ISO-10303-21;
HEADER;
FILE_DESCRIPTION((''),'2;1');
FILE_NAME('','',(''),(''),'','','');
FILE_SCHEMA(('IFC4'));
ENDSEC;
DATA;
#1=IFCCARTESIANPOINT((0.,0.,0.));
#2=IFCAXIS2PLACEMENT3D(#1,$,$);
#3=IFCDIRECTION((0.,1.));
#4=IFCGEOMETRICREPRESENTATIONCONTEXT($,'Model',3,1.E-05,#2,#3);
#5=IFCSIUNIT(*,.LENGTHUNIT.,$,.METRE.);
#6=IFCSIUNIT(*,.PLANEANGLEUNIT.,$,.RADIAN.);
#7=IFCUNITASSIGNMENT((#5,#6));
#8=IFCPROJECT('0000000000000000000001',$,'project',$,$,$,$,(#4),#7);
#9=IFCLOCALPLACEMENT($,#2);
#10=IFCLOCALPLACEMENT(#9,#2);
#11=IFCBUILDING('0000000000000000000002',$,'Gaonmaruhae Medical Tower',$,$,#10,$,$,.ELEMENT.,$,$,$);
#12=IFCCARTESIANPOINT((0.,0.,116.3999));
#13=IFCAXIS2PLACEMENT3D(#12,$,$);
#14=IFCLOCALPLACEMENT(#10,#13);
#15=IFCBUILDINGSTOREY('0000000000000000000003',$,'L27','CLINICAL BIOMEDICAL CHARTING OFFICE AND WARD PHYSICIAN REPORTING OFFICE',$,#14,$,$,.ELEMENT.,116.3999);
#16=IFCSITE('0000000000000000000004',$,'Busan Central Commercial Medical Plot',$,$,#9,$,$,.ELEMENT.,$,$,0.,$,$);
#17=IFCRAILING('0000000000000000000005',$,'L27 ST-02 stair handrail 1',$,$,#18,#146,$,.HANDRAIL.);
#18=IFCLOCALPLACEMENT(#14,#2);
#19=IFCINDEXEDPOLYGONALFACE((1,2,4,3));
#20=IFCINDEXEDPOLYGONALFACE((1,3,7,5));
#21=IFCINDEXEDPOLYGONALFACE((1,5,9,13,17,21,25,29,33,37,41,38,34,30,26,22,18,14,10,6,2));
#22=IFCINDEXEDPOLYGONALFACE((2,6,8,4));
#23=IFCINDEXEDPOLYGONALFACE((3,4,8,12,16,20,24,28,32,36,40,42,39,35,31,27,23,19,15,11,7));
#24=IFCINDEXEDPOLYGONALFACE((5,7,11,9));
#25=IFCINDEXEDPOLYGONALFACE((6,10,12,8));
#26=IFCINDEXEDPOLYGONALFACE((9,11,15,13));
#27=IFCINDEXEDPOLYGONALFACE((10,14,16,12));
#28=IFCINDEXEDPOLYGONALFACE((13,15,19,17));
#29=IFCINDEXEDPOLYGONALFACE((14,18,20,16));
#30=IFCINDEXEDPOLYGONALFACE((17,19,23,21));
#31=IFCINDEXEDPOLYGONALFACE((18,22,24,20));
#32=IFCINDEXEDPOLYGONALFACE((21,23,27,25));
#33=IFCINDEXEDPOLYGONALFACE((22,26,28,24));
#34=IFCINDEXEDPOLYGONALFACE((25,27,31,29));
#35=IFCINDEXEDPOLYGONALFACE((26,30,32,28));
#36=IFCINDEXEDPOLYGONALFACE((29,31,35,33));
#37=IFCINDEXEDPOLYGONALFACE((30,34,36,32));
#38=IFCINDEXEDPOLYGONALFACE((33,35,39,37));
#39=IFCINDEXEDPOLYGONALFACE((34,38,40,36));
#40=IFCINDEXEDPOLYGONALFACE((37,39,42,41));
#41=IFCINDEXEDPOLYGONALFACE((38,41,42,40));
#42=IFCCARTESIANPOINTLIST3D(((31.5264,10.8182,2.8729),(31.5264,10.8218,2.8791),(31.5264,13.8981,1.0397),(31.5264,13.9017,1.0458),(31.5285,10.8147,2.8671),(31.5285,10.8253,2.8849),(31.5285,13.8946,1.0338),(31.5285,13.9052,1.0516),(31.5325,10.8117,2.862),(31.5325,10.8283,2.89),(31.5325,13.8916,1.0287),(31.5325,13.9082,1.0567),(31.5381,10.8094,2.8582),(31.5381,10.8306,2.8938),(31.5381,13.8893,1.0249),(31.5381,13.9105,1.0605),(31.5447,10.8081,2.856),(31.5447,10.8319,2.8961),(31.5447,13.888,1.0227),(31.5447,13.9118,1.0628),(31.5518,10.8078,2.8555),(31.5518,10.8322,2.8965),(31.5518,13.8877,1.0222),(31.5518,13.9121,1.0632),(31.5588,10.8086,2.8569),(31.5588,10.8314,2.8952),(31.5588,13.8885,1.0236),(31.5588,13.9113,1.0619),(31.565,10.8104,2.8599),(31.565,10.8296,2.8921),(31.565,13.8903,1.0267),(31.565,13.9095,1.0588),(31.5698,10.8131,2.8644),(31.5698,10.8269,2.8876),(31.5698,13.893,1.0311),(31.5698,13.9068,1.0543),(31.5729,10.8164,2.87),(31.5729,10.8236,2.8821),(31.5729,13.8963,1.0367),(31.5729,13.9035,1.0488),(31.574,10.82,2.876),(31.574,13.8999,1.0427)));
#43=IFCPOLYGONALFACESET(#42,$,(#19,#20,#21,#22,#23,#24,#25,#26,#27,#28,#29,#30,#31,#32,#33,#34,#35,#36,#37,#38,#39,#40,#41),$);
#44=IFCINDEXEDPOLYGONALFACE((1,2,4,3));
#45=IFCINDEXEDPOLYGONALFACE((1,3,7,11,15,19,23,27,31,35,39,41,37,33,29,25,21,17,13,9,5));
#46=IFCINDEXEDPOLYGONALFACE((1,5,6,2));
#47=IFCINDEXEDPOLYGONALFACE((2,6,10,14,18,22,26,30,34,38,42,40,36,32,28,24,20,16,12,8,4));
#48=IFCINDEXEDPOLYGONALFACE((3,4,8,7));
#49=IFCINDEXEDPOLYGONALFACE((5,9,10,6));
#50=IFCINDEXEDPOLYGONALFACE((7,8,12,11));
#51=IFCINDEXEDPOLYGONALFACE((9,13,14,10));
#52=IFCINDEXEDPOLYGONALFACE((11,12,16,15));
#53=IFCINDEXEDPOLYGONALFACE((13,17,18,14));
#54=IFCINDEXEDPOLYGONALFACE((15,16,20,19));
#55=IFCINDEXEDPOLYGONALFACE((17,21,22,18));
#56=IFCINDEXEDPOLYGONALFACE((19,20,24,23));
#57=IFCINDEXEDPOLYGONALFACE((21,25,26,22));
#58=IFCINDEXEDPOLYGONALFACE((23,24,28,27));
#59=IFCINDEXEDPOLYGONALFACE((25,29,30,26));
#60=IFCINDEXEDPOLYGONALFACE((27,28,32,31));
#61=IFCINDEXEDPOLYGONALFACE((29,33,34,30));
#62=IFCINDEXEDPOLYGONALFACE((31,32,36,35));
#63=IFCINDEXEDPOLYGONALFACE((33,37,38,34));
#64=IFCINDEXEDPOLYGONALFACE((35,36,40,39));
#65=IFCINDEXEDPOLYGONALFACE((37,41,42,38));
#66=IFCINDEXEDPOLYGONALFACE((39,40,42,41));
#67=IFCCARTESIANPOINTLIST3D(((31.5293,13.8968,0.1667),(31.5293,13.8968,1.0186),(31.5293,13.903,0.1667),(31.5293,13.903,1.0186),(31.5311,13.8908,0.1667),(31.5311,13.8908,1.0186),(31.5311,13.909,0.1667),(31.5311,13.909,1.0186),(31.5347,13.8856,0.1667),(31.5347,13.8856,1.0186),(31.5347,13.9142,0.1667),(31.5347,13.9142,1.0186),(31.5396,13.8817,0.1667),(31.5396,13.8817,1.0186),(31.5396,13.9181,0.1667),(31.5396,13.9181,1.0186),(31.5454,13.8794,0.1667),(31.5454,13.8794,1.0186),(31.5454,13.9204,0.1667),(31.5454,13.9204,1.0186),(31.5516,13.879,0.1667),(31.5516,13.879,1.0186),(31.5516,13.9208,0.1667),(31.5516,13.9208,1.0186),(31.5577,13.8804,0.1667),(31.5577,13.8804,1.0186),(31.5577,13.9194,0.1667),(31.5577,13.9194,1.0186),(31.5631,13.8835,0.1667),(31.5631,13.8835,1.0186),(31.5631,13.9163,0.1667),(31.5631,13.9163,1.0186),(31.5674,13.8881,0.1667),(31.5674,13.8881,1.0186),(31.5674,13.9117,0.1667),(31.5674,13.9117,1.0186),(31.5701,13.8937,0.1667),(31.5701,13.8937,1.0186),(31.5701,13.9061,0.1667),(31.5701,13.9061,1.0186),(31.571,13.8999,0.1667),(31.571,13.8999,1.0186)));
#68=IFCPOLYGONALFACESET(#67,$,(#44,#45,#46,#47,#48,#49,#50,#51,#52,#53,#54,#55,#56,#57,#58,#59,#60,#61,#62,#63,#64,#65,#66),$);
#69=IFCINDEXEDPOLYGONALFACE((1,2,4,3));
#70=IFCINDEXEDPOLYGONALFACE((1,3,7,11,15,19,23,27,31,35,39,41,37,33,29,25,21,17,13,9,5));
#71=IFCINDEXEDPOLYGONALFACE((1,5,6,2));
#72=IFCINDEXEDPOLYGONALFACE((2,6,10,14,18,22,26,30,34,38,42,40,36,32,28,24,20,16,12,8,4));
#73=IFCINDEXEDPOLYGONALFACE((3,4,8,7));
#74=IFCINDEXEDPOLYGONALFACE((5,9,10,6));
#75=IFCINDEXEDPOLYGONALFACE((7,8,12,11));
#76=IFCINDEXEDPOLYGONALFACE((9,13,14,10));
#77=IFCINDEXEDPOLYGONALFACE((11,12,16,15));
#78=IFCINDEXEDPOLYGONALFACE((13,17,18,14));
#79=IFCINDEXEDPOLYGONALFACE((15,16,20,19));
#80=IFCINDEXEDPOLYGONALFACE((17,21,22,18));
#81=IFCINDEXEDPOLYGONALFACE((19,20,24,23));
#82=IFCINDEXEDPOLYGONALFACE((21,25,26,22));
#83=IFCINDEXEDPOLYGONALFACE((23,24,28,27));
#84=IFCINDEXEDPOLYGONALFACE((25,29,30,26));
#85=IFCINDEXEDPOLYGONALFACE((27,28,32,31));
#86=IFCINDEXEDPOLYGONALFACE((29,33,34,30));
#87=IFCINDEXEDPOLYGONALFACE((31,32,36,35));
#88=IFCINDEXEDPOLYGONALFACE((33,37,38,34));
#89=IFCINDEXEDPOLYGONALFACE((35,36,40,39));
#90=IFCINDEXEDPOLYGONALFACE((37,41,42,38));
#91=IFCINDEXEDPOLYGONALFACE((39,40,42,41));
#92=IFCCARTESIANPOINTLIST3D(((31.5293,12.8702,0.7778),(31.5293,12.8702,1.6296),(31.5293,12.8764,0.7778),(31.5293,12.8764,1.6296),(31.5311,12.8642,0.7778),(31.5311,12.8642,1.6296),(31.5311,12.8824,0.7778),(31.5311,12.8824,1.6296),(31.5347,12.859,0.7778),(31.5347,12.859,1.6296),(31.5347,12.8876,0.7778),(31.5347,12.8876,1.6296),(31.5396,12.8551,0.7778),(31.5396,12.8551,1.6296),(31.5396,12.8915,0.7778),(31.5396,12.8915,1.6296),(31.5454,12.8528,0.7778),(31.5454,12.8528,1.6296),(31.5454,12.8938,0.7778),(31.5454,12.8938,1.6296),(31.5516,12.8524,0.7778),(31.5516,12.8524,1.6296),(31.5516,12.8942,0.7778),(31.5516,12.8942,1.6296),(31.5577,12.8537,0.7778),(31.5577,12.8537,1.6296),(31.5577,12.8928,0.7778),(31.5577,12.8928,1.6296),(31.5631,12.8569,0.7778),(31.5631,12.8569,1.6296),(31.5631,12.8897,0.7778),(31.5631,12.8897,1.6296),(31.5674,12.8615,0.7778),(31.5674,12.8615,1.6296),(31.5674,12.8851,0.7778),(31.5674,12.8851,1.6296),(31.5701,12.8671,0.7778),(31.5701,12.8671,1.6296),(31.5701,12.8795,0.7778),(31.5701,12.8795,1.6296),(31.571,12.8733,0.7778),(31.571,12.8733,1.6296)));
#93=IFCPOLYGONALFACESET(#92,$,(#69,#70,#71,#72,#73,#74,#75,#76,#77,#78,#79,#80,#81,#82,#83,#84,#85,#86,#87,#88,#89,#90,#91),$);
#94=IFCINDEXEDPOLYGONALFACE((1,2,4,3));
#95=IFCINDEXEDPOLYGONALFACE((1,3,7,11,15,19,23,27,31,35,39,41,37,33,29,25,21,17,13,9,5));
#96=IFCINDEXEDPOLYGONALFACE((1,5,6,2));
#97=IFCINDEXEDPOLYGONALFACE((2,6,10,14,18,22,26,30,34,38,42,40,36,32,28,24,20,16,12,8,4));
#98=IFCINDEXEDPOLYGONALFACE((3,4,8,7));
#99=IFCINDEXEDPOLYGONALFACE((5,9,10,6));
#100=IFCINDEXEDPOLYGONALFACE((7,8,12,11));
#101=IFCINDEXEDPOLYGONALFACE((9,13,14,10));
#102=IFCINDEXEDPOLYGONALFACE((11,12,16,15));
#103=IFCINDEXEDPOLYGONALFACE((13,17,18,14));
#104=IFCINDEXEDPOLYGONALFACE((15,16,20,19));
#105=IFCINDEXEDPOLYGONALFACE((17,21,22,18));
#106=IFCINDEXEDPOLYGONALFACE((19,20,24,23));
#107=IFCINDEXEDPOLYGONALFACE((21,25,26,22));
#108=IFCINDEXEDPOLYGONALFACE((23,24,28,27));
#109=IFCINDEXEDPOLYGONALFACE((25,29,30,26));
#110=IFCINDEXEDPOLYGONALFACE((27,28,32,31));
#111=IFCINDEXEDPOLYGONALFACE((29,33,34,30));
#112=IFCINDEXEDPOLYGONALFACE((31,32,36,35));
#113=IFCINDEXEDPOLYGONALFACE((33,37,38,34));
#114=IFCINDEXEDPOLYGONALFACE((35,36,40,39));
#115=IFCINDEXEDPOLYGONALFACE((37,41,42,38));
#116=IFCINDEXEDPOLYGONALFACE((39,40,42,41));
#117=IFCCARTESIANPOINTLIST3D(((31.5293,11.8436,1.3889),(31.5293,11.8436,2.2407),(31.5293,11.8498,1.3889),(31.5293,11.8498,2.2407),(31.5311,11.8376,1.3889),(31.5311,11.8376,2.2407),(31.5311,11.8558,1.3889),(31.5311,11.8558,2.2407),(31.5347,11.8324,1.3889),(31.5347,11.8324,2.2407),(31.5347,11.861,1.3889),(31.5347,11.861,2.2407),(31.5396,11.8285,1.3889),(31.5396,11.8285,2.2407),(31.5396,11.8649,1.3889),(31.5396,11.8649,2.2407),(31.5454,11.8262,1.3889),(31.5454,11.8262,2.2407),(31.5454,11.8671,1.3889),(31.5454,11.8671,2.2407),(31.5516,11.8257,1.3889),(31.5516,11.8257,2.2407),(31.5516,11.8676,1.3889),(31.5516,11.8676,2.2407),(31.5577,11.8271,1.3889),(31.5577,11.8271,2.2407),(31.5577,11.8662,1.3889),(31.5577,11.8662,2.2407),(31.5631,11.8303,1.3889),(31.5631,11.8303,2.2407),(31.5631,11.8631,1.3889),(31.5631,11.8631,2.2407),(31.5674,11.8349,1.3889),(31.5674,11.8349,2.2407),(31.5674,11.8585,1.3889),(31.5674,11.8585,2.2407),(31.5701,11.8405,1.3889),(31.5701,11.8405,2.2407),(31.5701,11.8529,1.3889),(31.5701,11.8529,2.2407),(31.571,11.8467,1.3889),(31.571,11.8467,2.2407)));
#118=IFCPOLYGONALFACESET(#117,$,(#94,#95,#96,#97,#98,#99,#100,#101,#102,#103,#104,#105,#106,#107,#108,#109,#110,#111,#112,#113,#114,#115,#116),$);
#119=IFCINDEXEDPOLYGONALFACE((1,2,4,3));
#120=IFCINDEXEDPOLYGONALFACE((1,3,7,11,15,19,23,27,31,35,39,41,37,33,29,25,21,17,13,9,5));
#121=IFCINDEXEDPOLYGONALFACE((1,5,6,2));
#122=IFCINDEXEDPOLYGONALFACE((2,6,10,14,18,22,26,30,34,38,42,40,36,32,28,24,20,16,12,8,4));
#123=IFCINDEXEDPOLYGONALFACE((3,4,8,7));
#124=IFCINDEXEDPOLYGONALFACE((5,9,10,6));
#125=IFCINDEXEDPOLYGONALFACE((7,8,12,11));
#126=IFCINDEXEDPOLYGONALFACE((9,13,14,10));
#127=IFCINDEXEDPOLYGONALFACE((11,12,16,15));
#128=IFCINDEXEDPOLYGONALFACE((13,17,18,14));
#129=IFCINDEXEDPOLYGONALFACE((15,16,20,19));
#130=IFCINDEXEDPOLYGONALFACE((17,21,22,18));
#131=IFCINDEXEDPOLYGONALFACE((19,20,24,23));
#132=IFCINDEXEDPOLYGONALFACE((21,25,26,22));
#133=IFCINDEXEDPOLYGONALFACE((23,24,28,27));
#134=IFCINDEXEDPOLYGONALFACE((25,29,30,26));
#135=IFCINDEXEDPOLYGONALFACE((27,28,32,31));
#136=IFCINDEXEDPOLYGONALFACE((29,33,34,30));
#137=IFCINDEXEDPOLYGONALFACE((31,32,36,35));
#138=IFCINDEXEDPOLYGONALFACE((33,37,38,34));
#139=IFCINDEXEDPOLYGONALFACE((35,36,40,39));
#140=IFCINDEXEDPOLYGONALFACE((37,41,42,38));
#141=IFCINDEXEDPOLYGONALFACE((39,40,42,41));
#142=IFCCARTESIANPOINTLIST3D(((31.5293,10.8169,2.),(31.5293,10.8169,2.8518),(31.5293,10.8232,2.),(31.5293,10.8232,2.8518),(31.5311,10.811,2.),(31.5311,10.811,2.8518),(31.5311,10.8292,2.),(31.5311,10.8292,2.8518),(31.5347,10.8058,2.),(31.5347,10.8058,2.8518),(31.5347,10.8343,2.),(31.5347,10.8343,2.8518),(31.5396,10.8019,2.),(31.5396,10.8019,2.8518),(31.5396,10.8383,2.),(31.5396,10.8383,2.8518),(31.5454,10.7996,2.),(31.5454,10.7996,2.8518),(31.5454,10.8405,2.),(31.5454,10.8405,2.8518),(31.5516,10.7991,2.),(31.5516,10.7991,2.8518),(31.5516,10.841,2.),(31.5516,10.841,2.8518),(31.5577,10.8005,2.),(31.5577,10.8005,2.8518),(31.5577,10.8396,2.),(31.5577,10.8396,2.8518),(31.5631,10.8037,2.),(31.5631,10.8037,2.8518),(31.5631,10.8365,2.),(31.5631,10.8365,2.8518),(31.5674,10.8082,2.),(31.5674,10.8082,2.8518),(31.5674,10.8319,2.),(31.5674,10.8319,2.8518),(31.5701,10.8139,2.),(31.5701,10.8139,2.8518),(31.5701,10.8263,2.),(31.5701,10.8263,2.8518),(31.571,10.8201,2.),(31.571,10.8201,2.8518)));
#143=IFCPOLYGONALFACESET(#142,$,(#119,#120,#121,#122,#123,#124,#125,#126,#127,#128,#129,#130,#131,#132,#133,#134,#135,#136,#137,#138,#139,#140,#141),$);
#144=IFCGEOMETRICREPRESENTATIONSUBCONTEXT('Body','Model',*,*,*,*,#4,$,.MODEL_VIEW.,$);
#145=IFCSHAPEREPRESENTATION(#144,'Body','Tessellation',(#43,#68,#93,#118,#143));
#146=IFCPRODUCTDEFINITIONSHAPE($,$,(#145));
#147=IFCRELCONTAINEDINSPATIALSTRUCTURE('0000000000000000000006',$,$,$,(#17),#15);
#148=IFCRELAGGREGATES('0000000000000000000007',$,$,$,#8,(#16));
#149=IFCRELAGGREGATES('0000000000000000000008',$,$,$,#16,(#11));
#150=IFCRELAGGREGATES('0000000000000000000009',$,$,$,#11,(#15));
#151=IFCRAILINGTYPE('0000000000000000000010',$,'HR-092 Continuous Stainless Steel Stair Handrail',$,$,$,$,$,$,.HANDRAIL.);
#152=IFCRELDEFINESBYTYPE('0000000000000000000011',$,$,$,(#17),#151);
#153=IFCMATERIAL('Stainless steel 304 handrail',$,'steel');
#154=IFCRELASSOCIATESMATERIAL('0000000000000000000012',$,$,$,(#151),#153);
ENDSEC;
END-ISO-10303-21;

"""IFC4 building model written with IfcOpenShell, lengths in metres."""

from ifc_helpers import new_model, si_unit, direction, frame, origin, origin_2d, place, context, subcontext, project, spatial, circle, extrude, material, type_object, element, save


model = new_model("IFC4")

# Units and contexts
model_context = context("Model", 3, precision=1e-05, world=origin(), true_north=direction((0.0, 1.0)))
body_context = subcontext(model_context, "Body", "Model", "MODEL_VIEW")
ifc_project = project(units=[si_unit("LENGTHUNIT", "METRE"), si_unit("PLANEANGLEUNIT", "RADIAN")], contexts=[model_context])

# Site, building, storey
site_placement = place(None, origin())
site = spatial("IfcSite", under=ifc_project, at=site_placement, Name="Busan Central Commercial Medical Plot", CompositionType="ELEMENT", RefElevation=0.0)
building_placement = place(site_placement, origin())
building = spatial("IfcBuilding", under=site, at=building_placement, Name="Gaonmaruhae Medical Tower", CompositionType="ELEMENT")
storey_placement = place(building_placement, frame((0.0, 0.0, 116.3999)))
storey = spatial("IfcBuildingStorey", under=building, at=storey_placement, Name="L27", Description="CLINICAL BIOMEDICAL CHARTING OFFICE AND WARD PHYSICIAN REPORTING OFFICE", CompositionType="ELEMENT", Elevation=116.3999)

# Railing
ifc_material_1 = material(Name="Stainless steel 304 handrail", Category="steel")
railing_type_1 = type_object("IfcRailingType", Name="HR-092 Continuous Stainless Steel Stair Handrail", PredefinedType="HANDRAIL", material=ifc_material_1)
railing_1_placement = place(storey_placement, frame((31.55, 13.8999, 0.1667)))
element("IfcRailing", 1, at=railing_1_placement, inside=storey, type_object=railing_type_1, Name="L27 ST-02 stair handrail 1", PredefinedType="HANDRAIL", context=body_context, shape_type="SweptSolid", body=[
    extrude(circle(Radius=0.0239, at=origin_2d()), frame((0.0, 0.0, 0.876), z_axis=(0.0, -0.859291, 0.511487), x_axis=(1.0, 0.0, 0.0)), (0.0, 0.0, 1.0), 3.5842),
    extrude(circle(Radius=0.021, at=origin_2d()), origin(), (0.0, 0.0, 1.0), 0.8518),
    extrude(circle(Radius=0.021, at=origin_2d()), frame((0.0, -1.0266, 0.6111)), (0.0, 0.0, 1.0), 0.8518),
    extrude(circle(Radius=0.021, at=origin_2d()), frame((0.0, -2.0532, 1.2222)), (0.0, 0.0, 1.0), 0.8518),
    extrude(circle(Radius=0.021, at=origin_2d()), frame((0.0, -3.0798, 1.8333)), (0.0, 0.0, 1.0), 0.8518),
])

save(model, "model.ifc")
